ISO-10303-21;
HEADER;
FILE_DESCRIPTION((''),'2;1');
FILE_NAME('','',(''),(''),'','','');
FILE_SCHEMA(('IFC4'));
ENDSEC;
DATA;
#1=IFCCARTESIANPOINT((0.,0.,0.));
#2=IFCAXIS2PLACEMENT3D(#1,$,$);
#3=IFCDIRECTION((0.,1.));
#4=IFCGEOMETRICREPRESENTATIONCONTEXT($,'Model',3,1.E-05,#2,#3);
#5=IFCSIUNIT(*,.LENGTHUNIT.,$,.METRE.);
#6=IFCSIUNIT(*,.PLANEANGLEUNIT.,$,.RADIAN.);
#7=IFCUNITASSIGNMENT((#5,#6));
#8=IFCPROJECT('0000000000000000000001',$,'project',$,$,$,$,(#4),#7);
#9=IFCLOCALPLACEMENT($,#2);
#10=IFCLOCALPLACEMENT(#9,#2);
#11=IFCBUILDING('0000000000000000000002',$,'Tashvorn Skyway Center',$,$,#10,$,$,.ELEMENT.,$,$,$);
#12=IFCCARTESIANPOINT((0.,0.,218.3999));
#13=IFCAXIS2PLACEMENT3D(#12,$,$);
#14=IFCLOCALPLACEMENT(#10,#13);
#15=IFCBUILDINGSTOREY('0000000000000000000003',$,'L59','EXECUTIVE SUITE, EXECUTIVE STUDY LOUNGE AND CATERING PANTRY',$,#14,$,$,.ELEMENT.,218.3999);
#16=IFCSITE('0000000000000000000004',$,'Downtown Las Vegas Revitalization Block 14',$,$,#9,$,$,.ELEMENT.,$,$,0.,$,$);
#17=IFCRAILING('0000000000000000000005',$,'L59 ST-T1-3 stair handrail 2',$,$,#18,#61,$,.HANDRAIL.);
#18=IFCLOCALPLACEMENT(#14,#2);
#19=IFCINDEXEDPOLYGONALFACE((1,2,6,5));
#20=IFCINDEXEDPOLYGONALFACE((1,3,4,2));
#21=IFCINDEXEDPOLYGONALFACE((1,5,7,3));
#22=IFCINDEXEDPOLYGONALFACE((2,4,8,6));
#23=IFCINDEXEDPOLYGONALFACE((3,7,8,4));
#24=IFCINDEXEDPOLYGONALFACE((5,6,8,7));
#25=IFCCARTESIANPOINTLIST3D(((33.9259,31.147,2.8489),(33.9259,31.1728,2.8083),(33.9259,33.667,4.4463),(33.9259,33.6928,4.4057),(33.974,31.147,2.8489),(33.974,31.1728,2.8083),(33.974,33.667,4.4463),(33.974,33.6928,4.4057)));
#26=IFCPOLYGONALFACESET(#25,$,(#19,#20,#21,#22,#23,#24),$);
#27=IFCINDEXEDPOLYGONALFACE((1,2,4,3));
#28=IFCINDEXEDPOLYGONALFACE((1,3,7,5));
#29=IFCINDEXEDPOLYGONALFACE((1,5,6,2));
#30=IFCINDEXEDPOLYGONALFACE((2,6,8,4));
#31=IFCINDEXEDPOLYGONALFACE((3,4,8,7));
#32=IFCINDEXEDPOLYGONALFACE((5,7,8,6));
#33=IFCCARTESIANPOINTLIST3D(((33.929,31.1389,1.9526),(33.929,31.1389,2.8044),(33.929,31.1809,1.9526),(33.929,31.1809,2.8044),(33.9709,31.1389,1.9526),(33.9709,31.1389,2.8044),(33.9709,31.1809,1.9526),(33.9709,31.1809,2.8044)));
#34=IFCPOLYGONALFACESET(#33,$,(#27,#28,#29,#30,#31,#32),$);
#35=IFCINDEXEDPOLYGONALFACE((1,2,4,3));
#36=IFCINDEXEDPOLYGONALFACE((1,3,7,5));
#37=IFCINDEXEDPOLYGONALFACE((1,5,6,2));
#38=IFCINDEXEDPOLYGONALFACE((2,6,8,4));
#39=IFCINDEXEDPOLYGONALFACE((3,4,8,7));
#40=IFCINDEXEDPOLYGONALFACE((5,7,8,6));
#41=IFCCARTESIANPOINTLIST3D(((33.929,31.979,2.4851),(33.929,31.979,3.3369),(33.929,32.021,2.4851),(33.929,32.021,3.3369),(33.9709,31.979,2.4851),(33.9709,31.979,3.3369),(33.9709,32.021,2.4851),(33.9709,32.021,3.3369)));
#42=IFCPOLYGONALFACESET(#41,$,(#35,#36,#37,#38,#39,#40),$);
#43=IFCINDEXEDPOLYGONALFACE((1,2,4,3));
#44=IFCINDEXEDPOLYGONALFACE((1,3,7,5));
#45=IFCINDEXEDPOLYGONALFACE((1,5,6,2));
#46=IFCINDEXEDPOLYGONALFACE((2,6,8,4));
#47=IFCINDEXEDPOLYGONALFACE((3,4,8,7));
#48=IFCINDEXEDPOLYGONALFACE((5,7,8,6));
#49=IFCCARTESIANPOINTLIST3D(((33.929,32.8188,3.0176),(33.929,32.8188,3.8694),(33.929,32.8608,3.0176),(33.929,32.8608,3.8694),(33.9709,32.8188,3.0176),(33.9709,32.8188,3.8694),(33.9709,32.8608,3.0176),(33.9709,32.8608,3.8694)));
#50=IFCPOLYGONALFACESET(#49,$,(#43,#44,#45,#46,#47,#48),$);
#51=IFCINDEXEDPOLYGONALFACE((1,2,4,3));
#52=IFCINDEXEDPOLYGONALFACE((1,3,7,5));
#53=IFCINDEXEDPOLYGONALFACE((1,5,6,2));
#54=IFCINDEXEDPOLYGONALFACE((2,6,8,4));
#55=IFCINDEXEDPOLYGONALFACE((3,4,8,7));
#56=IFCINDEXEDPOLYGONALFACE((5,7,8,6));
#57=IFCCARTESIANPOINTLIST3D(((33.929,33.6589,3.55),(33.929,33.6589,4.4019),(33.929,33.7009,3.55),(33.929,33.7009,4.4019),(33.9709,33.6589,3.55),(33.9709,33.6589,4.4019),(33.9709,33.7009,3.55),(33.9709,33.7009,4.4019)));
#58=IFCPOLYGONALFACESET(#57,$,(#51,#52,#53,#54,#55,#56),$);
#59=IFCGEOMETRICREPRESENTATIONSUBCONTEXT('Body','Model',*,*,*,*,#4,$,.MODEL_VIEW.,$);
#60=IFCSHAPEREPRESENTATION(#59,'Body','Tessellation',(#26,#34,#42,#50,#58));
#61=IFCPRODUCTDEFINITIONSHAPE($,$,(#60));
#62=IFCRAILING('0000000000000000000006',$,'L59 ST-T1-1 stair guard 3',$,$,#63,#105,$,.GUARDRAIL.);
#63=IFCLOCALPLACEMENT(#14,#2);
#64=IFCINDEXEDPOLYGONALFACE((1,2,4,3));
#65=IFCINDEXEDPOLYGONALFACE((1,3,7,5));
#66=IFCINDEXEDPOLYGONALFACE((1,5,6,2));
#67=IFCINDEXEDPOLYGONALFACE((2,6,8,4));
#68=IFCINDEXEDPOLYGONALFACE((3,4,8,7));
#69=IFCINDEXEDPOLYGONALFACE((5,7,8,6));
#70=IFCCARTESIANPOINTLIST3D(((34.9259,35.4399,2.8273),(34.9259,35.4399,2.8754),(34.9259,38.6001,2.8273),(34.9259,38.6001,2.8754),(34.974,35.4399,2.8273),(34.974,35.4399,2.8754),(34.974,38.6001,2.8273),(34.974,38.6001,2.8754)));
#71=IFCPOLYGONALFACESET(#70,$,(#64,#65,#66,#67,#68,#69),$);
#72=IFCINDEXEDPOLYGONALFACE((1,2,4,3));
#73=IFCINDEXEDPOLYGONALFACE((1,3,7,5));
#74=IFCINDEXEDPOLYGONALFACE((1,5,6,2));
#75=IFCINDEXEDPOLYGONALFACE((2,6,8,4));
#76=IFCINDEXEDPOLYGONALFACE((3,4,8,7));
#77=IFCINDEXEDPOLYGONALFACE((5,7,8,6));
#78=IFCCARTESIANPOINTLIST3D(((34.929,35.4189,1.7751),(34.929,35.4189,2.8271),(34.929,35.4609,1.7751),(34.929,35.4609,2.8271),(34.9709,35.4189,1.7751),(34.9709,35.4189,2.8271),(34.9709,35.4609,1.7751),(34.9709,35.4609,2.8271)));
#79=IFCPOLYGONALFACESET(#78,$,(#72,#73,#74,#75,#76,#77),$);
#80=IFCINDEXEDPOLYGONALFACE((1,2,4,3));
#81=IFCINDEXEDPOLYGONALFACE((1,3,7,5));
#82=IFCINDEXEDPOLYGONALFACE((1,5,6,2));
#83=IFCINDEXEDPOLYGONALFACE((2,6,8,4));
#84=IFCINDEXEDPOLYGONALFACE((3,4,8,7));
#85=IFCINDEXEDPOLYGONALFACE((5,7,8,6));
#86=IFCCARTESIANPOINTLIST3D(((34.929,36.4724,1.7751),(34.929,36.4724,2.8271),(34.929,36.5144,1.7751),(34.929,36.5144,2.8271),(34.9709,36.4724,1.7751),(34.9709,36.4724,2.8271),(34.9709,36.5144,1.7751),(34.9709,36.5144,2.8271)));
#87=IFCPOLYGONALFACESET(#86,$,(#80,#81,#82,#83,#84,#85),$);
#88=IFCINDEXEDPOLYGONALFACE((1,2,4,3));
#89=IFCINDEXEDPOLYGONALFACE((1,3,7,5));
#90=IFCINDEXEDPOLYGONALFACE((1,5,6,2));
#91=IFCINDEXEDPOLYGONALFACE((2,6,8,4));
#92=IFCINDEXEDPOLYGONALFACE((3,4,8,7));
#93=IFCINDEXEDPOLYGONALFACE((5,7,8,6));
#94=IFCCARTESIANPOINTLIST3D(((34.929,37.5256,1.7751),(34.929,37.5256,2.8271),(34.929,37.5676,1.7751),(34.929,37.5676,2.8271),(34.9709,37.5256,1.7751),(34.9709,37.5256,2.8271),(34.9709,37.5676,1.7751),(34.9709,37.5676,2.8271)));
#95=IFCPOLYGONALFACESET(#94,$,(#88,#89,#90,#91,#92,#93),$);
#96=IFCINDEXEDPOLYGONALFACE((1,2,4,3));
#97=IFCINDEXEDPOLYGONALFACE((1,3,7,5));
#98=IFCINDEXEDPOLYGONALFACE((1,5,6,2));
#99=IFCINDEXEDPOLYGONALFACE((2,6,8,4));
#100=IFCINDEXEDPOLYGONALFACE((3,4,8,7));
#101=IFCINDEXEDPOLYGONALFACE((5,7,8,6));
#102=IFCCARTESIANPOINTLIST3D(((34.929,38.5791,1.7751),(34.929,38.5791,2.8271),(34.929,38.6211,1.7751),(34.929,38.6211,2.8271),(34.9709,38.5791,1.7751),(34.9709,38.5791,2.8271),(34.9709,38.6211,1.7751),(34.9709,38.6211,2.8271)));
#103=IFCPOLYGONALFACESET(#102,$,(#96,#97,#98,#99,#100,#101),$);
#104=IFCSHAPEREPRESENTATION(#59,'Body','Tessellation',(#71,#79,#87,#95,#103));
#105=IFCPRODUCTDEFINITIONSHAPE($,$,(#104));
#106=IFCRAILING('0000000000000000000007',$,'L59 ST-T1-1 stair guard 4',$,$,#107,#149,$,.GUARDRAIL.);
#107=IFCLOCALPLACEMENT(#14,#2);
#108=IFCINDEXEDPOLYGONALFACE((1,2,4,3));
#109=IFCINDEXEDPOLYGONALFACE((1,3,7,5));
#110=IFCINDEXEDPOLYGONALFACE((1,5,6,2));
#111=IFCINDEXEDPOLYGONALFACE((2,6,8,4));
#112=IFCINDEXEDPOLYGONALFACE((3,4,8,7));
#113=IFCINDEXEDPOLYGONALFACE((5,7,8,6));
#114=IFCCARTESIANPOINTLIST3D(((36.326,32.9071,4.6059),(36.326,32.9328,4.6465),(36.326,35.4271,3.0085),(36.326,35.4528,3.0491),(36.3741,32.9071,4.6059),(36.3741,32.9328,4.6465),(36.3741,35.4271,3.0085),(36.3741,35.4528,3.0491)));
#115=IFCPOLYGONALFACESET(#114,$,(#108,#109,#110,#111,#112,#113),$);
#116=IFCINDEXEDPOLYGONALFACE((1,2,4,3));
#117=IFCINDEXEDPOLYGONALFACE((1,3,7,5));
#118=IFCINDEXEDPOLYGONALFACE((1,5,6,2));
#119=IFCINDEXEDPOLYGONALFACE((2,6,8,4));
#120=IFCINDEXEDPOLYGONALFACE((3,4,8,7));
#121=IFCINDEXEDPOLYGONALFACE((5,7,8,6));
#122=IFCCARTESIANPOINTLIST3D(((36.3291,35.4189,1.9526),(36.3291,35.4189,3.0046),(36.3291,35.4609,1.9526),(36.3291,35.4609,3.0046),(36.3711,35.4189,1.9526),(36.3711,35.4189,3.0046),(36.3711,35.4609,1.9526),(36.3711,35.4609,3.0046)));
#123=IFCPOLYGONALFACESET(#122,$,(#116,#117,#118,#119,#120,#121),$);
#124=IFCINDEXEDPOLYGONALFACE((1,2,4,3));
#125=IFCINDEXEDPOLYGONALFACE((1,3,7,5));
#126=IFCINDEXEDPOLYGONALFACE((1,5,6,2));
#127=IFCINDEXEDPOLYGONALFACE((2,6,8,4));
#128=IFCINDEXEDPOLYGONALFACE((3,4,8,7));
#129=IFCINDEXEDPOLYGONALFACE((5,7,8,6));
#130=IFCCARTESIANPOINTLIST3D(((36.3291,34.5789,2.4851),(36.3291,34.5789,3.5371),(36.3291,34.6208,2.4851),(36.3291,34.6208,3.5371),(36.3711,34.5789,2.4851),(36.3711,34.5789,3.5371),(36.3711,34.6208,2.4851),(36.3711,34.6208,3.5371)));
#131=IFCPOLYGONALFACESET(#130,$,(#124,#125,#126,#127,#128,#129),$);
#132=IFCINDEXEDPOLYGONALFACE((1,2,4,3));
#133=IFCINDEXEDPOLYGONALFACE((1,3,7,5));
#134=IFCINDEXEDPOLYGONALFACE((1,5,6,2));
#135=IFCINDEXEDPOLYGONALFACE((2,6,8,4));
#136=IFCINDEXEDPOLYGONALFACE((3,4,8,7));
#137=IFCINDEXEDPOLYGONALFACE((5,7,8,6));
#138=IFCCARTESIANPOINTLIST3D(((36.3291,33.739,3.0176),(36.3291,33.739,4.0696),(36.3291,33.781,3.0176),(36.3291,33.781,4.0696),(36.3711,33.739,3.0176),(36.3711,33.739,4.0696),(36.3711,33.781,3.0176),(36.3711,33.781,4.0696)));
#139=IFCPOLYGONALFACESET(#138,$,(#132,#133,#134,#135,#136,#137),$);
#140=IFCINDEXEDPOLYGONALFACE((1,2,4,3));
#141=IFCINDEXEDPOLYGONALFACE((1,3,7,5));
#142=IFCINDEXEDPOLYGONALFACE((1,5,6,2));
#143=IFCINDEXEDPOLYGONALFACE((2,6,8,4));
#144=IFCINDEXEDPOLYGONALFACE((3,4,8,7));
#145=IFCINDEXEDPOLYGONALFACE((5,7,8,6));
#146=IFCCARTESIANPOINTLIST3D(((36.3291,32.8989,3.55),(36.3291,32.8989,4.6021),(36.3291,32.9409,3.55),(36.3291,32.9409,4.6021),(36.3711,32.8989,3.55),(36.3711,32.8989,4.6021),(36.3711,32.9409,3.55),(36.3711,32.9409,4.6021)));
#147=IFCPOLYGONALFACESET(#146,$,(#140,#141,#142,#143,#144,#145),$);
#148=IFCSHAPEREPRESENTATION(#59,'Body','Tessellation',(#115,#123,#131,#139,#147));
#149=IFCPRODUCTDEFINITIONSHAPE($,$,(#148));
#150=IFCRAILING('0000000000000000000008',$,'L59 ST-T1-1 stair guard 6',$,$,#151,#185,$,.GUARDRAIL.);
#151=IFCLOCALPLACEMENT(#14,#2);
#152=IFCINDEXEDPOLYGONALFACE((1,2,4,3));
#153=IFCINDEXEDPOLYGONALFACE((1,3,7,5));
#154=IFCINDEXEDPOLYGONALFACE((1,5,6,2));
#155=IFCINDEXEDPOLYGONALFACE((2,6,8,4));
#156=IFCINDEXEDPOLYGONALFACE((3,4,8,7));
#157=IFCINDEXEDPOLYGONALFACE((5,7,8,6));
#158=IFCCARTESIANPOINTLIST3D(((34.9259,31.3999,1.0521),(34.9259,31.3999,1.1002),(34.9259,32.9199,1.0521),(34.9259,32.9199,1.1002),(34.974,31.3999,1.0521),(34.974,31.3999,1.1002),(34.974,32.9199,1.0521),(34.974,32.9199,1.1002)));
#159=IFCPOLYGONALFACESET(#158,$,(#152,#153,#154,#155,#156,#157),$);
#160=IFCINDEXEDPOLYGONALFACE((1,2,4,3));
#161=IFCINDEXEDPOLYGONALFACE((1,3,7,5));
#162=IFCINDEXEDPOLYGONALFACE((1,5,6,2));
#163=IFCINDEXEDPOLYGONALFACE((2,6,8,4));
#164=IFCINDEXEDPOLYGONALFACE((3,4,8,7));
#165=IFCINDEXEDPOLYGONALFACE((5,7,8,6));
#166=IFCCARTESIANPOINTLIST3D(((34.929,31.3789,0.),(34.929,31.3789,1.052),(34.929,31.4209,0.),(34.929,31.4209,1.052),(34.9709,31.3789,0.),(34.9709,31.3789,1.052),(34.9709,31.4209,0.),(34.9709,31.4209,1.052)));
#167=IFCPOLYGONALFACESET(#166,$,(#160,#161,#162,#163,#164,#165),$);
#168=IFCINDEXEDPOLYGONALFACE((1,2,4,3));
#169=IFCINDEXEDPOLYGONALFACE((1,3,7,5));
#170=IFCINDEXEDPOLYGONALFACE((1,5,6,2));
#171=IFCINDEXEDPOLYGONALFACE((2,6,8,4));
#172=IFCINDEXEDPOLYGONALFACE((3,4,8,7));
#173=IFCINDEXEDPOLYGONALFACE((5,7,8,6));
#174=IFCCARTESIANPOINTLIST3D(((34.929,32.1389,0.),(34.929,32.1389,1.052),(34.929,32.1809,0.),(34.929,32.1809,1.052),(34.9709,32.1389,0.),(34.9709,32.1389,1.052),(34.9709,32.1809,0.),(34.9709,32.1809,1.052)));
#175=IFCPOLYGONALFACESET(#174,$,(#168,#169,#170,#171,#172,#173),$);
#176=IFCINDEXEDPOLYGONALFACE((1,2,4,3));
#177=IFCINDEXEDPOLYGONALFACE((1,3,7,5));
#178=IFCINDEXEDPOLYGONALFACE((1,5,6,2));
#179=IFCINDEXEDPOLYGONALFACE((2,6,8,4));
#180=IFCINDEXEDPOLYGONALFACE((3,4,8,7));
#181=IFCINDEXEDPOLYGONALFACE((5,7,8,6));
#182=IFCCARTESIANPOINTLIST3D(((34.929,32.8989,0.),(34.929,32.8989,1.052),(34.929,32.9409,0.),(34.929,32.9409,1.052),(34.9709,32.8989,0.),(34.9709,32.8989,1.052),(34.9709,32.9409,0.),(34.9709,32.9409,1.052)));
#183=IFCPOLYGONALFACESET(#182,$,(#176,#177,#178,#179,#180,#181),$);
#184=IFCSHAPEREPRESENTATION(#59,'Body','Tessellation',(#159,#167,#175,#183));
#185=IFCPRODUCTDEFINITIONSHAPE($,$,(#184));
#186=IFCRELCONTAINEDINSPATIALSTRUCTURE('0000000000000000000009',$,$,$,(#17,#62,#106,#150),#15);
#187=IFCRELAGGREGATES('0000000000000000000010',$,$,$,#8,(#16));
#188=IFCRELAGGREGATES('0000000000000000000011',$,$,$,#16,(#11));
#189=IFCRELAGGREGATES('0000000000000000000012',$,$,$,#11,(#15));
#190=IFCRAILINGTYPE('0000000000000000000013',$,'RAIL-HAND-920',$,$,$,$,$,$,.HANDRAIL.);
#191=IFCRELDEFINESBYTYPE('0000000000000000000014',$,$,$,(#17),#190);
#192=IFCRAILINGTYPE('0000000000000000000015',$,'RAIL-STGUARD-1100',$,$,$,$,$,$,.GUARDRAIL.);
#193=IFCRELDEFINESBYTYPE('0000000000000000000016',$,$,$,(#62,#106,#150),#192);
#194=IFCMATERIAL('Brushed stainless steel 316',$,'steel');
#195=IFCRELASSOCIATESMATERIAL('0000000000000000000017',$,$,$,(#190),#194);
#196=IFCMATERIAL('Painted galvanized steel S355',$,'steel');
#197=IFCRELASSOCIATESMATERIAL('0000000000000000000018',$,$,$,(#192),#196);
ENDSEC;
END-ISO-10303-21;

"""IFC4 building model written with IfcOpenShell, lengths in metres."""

from ifc_helpers import new_model, si_unit, direction, frame, origin, origin_2d, place, context, subcontext, project, spatial, rectangle, extrude, material, type_object, element, save


model = new_model("IFC4")

# Units and contexts
model_context = context("Model", 3, precision=1e-05, world=origin(), true_north=direction((0.0, 1.0)))
body_context = subcontext(model_context, "Body", "Model", "MODEL_VIEW")
ifc_project = project(units=[si_unit("LENGTHUNIT", "METRE"), si_unit("PLANEANGLEUNIT", "RADIAN")], contexts=[model_context])

# Site, building, storey
site_placement = place(None, origin())
site = spatial("IfcSite", under=ifc_project, at=site_placement, Name="Downtown Las Vegas Revitalization Block 14", CompositionType="ELEMENT", RefElevation=0.0)
building_placement = place(site_placement, origin())
building = spatial("IfcBuilding", under=site, at=building_placement, Name="Tashvorn Skyway Center", CompositionType="ELEMENT")
storey_placement = place(building_placement, frame((0.0, 0.0, 218.3999)))
storey = spatial("IfcBuildingStorey", under=building, at=storey_placement, Name="L59", Description="EXECUTIVE SUITE, EXECUTIVE STUDY LOUNGE AND CATERING PANTRY", CompositionType="ELEMENT", Elevation=218.3999)

# Railings
ifc_material_1 = material(Name="Brushed stainless steel 316", Category="steel")
railing_type_1 = type_object("IfcRailingType", Name="RAIL-HAND-920", PredefinedType="HANDRAIL", material=ifc_material_1)
railing_1_placement = place(storey_placement, frame((33.95, 31.1599, 1.9526)))
element("IfcRailing", 1, at=railing_1_placement, inside=storey, type_object=railing_type_1, Name="L59 ST-T1-3 stair handrail 2", PredefinedType="HANDRAIL", context=body_context, shape_type="SweptSolid", body=[
    extrude(rectangle(XDim=0.0481, YDim=0.0481, at=origin_2d()), frame((0.0, 0.0, 0.876), z_axis=(0.0, 0.844607, 0.535387), x_axis=(-1.0, 0.0, 0.0)), (0.0, 0.0, 1.0), 2.9836),
    extrude(rectangle(XDim=0.042, YDim=0.042, at=origin_2d()), origin(), (0.0, 0.0, 1.0), 0.8518),
    extrude(rectangle(XDim=0.042, YDim=0.042, at=origin_2d()), frame((0.0, 0.8401, 0.5325)), (0.0, 0.0, 1.0), 0.8518),
    extrude(rectangle(XDim=0.042, YDim=0.042, at=origin_2d()), frame((0.0, 1.6799, 1.0649)), (0.0, 0.0, 1.0), 0.8518),
    extrude(rectangle(XDim=0.042, YDim=0.042, at=origin_2d()), frame((0.0, 2.52, 1.5974)), (0.0, 0.0, 1.0), 0.8518),
])
ifc_material_2 = material(Name="Painted galvanized steel S355", Category="steel")
railing_type_2 = type_object("IfcRailingType", Name="RAIL-STGUARD-1100", PredefinedType="GUARDRAIL", material=ifc_material_2)
railing_2_placement = place(storey_placement, frame((34.95, 35.4399, 1.7751)))
element("IfcRailing", 2, at=railing_2_placement, inside=storey, type_object=railing_type_2, Name="L59 ST-T1-1 stair guard 3", PredefinedType="GUARDRAIL", context=body_context, shape_type="SweptSolid", body=[
    extrude(rectangle(XDim=0.0481, YDim=0.0481, at=origin_2d()), frame((0.0, 0.0, 1.0762), z_axis=(0.0, 1.0, 0.0), x_axis=(-1.0, 0.0, 0.0)), (0.0, 0.0, 1.0), 3.1602),
    extrude(rectangle(XDim=0.042, YDim=0.042, at=origin_2d()), origin(), (0.0, 0.0, 1.0), 1.052),
    extrude(rectangle(XDim=0.042, YDim=0.042, at=origin_2d()), frame((0.0, 1.0535, 0.0)), (0.0, 0.0, 1.0), 1.052),
    extrude(rectangle(XDim=0.042, YDim=0.042, at=origin_2d()), frame((0.0, 2.1067, 0.0)), (0.0, 0.0, 1.0), 1.052),
    extrude(rectangle(XDim=0.042, YDim=0.042, at=origin_2d()), frame((0.0, 3.1602, 0.0)), (0.0, 0.0, 1.0), 1.052),
])
railing_3_placement = place(storey_placement, frame((36.3501, 35.4399, 1.9526)))
element("IfcRailing", 3, at=railing_3_placement, inside=storey, type_object=railing_type_2, Name="L59 ST-T1-1 stair guard 4", PredefinedType="GUARDRAIL", context=body_context, shape_type="SweptSolid", body=[
    extrude(rectangle(XDim=0.0481, YDim=0.0481, at=origin_2d()), frame((0.0, 0.0, 1.0762), z_axis=(0.0, -0.844607, 0.535387), x_axis=(1.0, 0.0, 0.0)), (0.0, 0.0, 1.0), 2.9836),
    extrude(rectangle(XDim=0.042, YDim=0.042, at=origin_2d()), origin(), (0.0, 0.0, 1.0), 1.052),
    extrude(rectangle(XDim=0.042, YDim=0.042, at=origin_2d()), frame((0.0, -0.8401, 0.5325)), (0.0, 0.0, 1.0), 1.052),
    extrude(rectangle(XDim=0.042, YDim=0.042, at=origin_2d()), frame((0.0, -1.6799, 1.0649)), (0.0, 0.0, 1.0), 1.052),
    extrude(rectangle(XDim=0.042, YDim=0.042, at=origin_2d()), frame((0.0, -2.52, 1.5974)), (0.0, 0.0, 1.0), 1.052),
])
railing_4_placement = place(storey_placement, frame((34.95, 31.3999, 0.0)))
element("IfcRailing", 4, at=railing_4_placement, inside=storey, type_object=railing_type_2, Name="L59 ST-T1-1 stair guard 6", PredefinedType="GUARDRAIL", context=body_context, shape_type="SweptSolid", body=[
    extrude(rectangle(XDim=0.0481, YDim=0.0481, at=origin_2d()), frame((0.0, 0.0, 1.0762), z_axis=(0.0, 1.0, 0.0), x_axis=(-1.0, 0.0, 0.0)), (0.0, 0.0, 1.0), 1.52),
    extrude(rectangle(XDim=0.042, YDim=0.042, at=origin_2d()), origin(), (0.0, 0.0, 1.0), 1.052),
    extrude(rectangle(XDim=0.042, YDim=0.042, at=origin_2d()), frame((0.0, 0.76, 0.0)), (0.0, 0.0, 1.0), 1.052),
    extrude(rectangle(XDim=0.042, YDim=0.042, at=origin_2d()), frame((0.0, 1.52, 0.0)), (0.0, 0.0, 1.0), 1.052),
])

save(model, "model.ifc")
